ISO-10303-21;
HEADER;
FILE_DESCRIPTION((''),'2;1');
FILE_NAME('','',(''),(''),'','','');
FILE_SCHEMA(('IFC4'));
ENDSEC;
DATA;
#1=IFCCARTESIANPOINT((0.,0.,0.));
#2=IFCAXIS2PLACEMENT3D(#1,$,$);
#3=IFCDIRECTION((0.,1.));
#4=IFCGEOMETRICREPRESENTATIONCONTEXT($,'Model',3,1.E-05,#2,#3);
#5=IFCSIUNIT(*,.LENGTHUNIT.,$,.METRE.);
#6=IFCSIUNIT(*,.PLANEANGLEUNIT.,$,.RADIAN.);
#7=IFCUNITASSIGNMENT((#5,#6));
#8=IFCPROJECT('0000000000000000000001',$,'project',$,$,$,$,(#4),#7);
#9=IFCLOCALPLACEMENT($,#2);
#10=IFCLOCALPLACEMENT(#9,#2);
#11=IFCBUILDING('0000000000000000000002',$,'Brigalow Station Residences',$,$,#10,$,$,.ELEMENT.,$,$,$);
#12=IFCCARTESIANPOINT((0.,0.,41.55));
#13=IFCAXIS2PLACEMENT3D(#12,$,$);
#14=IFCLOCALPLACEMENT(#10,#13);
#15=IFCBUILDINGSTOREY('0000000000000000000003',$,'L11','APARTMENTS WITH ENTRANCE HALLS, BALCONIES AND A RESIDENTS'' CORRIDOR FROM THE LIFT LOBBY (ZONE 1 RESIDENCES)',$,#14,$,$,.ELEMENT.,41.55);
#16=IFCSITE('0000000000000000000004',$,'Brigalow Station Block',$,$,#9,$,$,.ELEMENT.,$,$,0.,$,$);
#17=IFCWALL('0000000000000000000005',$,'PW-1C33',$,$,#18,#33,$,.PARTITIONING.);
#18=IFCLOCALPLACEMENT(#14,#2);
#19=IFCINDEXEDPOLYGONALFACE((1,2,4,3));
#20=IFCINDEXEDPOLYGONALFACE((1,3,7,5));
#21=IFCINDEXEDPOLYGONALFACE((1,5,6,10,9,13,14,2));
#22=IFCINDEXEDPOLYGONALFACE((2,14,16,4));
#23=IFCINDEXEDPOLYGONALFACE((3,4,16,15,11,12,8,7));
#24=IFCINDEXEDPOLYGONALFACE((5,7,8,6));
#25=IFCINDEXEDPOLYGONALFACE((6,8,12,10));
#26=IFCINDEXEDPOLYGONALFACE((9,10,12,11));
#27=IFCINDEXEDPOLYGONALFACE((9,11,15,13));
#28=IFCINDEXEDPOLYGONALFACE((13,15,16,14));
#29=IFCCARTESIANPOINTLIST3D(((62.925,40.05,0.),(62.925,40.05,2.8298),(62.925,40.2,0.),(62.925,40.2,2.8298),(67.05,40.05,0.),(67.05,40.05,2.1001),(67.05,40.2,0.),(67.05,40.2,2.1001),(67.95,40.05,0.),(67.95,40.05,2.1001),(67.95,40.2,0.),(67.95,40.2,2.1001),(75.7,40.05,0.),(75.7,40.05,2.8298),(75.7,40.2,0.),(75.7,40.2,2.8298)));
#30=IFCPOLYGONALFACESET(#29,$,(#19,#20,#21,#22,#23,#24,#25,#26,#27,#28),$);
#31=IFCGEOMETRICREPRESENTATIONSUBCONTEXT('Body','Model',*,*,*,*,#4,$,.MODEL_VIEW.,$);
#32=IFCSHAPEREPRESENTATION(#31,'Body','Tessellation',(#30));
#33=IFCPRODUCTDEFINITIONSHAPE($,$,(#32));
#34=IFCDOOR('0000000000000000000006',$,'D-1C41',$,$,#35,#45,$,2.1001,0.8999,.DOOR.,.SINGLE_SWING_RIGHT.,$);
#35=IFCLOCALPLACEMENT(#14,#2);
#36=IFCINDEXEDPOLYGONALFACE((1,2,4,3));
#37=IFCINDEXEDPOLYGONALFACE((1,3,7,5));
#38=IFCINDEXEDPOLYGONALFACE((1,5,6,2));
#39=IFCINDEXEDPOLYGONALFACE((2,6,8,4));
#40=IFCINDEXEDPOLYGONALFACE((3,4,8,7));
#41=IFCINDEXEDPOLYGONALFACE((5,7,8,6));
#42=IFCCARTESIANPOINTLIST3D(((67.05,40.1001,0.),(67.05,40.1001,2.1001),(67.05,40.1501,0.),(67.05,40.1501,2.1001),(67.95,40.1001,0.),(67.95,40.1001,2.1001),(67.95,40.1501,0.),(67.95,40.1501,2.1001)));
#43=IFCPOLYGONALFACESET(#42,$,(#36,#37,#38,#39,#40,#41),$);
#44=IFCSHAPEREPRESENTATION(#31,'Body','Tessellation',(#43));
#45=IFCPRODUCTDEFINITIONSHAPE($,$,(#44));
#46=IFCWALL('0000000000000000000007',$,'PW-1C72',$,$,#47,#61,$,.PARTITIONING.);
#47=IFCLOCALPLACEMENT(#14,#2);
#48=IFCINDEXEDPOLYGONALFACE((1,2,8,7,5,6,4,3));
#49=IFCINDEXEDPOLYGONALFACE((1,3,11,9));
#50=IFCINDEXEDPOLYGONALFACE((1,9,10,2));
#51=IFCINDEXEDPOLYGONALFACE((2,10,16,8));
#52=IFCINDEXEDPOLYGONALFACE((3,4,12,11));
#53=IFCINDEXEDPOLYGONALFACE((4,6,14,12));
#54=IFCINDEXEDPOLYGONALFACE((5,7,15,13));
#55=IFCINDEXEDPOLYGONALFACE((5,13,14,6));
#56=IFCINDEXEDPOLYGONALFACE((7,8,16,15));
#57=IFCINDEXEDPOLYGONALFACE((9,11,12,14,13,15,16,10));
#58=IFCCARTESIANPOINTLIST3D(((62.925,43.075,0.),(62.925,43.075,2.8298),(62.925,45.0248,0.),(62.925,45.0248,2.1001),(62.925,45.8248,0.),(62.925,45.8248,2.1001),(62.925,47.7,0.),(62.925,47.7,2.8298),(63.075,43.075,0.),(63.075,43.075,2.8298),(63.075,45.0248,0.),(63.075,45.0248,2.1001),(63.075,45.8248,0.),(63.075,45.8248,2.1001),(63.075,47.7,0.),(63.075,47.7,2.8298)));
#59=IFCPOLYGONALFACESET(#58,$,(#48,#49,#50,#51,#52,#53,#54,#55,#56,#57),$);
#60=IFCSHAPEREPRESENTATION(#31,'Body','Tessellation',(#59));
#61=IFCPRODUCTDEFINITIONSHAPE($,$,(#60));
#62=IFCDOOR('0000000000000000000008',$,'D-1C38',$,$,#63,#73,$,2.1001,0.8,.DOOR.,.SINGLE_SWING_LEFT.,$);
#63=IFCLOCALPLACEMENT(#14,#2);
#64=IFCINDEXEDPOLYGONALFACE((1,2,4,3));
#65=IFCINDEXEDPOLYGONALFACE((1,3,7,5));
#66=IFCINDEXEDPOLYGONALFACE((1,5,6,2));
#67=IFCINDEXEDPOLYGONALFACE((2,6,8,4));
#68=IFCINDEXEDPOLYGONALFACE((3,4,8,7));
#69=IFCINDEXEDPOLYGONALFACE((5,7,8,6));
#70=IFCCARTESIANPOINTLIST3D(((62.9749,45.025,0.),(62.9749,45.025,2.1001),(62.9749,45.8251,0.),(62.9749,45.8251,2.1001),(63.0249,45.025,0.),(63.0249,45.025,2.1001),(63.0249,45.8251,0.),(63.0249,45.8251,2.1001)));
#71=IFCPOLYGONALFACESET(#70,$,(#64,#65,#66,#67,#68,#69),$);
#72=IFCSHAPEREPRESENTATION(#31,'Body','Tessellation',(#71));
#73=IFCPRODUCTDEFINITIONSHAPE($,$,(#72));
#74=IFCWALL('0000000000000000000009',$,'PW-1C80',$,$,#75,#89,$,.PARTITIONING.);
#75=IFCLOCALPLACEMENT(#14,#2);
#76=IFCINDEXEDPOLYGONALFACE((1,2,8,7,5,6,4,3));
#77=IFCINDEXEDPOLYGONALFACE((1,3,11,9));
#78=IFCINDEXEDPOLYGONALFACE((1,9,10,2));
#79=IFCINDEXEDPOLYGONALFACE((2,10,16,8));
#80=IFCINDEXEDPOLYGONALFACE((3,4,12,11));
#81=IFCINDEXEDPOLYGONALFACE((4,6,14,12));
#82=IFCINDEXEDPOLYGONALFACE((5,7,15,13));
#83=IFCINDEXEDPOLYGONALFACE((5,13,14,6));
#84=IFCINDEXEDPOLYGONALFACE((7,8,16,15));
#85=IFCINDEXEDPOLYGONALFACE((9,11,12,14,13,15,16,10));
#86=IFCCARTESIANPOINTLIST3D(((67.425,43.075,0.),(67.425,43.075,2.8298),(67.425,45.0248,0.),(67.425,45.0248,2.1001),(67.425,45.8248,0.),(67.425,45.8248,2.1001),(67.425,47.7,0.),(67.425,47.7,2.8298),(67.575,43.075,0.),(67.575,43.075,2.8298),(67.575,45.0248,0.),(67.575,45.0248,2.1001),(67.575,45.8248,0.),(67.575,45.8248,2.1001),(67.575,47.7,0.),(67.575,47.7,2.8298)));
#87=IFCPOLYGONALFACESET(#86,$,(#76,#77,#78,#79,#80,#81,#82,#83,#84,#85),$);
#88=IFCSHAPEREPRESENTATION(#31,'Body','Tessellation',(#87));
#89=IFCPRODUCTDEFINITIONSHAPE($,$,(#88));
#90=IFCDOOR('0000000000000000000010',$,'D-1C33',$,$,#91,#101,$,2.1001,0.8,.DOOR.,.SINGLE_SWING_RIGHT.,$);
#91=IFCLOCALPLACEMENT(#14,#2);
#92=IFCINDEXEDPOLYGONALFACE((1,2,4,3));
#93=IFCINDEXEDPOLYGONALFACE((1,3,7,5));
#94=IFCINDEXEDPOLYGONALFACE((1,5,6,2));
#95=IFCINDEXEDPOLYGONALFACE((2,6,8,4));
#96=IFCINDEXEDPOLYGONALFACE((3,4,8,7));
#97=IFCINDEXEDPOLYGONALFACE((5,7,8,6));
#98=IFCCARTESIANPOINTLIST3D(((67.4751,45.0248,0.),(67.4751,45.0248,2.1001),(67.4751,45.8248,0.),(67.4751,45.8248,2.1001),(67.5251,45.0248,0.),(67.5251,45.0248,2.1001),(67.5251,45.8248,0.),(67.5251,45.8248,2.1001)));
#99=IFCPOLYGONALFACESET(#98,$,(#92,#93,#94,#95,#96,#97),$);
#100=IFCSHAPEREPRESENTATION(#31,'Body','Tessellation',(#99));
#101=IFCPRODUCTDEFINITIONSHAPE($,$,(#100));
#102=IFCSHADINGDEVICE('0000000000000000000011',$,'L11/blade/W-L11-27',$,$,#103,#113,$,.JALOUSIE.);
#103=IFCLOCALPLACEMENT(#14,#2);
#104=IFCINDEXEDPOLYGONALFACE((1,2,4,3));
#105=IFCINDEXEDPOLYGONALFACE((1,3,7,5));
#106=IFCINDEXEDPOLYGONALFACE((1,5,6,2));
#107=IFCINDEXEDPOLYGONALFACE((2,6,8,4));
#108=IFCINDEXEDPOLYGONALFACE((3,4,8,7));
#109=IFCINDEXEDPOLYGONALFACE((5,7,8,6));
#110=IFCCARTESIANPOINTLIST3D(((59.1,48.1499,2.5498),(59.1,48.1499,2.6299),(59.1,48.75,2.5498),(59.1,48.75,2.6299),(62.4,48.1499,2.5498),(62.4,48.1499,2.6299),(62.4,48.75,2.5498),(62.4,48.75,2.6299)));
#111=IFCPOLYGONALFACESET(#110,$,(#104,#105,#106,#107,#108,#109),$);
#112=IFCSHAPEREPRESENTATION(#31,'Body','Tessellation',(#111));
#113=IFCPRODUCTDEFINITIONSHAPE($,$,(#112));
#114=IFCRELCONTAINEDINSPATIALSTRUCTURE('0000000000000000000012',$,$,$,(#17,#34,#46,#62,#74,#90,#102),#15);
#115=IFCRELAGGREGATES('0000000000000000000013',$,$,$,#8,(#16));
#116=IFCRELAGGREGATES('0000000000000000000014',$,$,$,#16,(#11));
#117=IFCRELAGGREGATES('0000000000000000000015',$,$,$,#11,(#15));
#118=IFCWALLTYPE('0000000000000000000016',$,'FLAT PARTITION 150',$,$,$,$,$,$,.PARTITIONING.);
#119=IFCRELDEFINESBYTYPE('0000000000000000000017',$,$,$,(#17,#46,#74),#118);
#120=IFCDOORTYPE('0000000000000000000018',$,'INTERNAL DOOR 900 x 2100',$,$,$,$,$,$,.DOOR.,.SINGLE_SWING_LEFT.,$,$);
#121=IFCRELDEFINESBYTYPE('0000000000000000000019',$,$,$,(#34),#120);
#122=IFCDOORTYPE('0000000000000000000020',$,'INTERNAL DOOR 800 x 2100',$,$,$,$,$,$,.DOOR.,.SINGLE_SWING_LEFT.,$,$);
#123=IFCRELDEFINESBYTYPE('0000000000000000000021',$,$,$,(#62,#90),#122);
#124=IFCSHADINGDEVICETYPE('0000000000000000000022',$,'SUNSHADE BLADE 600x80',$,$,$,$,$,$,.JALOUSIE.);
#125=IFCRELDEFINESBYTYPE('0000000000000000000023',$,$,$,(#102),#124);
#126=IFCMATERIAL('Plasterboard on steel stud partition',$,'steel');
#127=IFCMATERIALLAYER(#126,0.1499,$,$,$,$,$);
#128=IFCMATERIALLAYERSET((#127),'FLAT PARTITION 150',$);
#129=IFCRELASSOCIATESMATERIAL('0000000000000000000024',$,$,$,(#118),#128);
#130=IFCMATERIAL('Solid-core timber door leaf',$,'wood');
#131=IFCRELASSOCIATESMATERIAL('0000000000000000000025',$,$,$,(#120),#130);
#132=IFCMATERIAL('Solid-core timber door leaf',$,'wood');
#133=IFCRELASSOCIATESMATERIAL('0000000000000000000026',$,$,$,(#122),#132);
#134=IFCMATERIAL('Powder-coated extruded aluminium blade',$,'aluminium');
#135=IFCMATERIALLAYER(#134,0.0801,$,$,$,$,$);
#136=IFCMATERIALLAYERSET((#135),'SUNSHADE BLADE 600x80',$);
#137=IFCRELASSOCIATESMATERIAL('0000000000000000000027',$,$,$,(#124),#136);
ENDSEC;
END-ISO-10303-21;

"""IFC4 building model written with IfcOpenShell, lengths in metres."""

from ifc_helpers import new_model, si_unit, direction, frame, frame_2d, origin, origin_2d, place, context, subcontext, project, spatial, rectangle, extrude, material, layer, layer_set, type_object, element, fill, save


model = new_model("IFC4")

# Units and contexts
model_context = context("Model", 3, precision=1e-05, world=origin(), true_north=direction((0.0, 1.0)))
body_context = subcontext(model_context, "Body", "Model", "MODEL_VIEW")
ifc_project = project(units=[si_unit("LENGTHUNIT", "METRE"), si_unit("PLANEANGLEUNIT", "RADIAN")], contexts=[model_context])

# Site, building, storey
site_placement = place(None, origin())
site = spatial("IfcSite", under=ifc_project, at=site_placement, Name="Brigalow Station Block", CompositionType="ELEMENT", RefElevation=0.0)
building_placement = place(site_placement, origin())
building = spatial("IfcBuilding", under=site, at=building_placement, Name="Brigalow Station Residences", CompositionType="ELEMENT")
storey_placement = place(building_placement, frame((0.0, 0.0, 41.55)))
storey = spatial("IfcBuildingStorey", under=building, at=storey_placement, Name="L11", Description="APARTMENTS WITH ENTRANCE HALLS, BALCONIES AND A RESIDENTS' CORRIDOR FROM THE LIFT LOBBY (ZONE 1 RESIDENCES)", CompositionType="ELEMENT", Elevation=41.55)

# Walls, openings, doors
ifc_material_1 = material(Name="Plasterboard on steel stud partition", Category="steel")
ifc_layer_1 = layer(ifc_material_1, 0.1499)
ifc_layer_set_1 = layer_set([ifc_layer_1], Name="FLAT PARTITION 150")
wall_type_1 = type_object("IfcWallType", Name="FLAT PARTITION 150", PredefinedType="PARTITIONING", material=ifc_layer_set_1)
wall_1_placement = place(storey_placement, frame((62.925, 40.125, 0.0), z_axis=(0.0, 0.0, 1.0), x_axis=(1.0, 0.0, 0.0)))
wall_1 = element("IfcWall", 1, at=wall_1_placement, inside=storey, type_object=wall_type_1, Name="PW-1C33", PredefinedType="PARTITIONING", context=body_context, shape_type="SweptSolid", body=[
    extrude(rectangle(XDim=12.7749, YDim=0.1499, at=frame_2d((6.3875, 0.0))), origin(), (0.0, 0.0, 1.0), 2.8298),
])
opening_1_placement = place(wall_1_placement, frame((4.125, 0.0, 0.0)))
opening_1 = element("IfcOpeningElement", 2, at=opening_1_placement, cuts=wall_1, PredefinedType="OPENING", context=body_context, shape_type="SweptSolid", body=[
    extrude(rectangle(XDim=0.8999, YDim=2.1001, at=frame_2d((0.45, 1.05))), frame((0.0, 0.085, 0.0), z_axis=(0.0, -1.0, 0.0), x_axis=(1.0, 0.0, 0.0)), (0.0, 0.0, 1.0), 0.1699),
])
ifc_material_2 = material(Name="Solid-core timber door leaf", Category="wood")
door_type_1 = type_object("IfcDoorType", Name="INTERNAL DOOR 900 x 2100", OperationType="SINGLE_SWING_LEFT", PredefinedType="DOOR", material=ifc_material_2)
door_1_placement = place(opening_1_placement, frame((0.8999, 0.0, 0.0), z_axis=(0.0, 0.0, 1.0), x_axis=(-1.0, 0.0, 0.0)))
door_1 = element("IfcDoor", 3, at=door_1_placement, inside=storey, type_object=door_type_1, Name="D-1C41", OperationType="SINGLE_SWING_RIGHT", OverallHeight=2.1001, OverallWidth=0.8999, PredefinedType="DOOR", context=body_context, shape_type="SweptSolid", body=[
    extrude(rectangle(XDim=0.8999, YDim=2.1001, at=frame_2d((0.45, 1.05))), frame((0.0, 0.0249, 0.0), z_axis=(0.0, -1.0, 0.0), x_axis=(1.0, 0.0, 0.0)), (0.0, 0.0, 1.0), 0.05),
])
fill(opening_1, door_1)
wall_2_placement = place(storey_placement, frame((63.0, 43.075, 0.0), z_axis=(0.0, 0.0, 1.0), x_axis=(0.0, 1.0, 0.0)))
wall_2 = element("IfcWall", 4, at=wall_2_placement, inside=storey, type_object=wall_type_1, Name="PW-1C72", PredefinedType="PARTITIONING", context=body_context, shape_type="SweptSolid", body=[
    extrude(rectangle(XDim=4.625, YDim=0.1499, at=frame_2d((2.3125, 0.0))), origin(), (0.0, 0.0, 1.0), 2.8298),
])
opening_2_placement = place(wall_2_placement, frame((1.95, 0.0, 0.0)))
opening_2 = element("IfcOpeningElement", 5, at=opening_2_placement, cuts=wall_2, PredefinedType="OPENING", context=body_context, shape_type="SweptSolid", body=[
    extrude(rectangle(XDim=0.8, YDim=2.1001, at=frame_2d((0.3999, 1.05))), frame((0.0, 0.085, 0.0), z_axis=(0.0, -1.0, 0.0), x_axis=(1.0, 0.0, 0.0)), (0.0, 0.0, 1.0), 0.1699),
])
ifc_material_3 = material(Name="Solid-core timber door leaf", Category="wood")
door_type_2 = type_object("IfcDoorType", Name="INTERNAL DOOR 800 x 2100", OperationType="SINGLE_SWING_LEFT", PredefinedType="DOOR", material=ifc_material_3)
door_2_placement = place(opening_2_placement, frame((0.8, 0.0, 0.0), z_axis=(0.0, 0.0, 1.0), x_axis=(-1.0, 0.0, 0.0)))
door_2 = element("IfcDoor", 6, at=door_2_placement, inside=storey, type_object=door_type_2, Name="D-1C38", OperationType="SINGLE_SWING_LEFT", OverallHeight=2.1001, OverallWidth=0.8, PredefinedType="DOOR", context=body_context, shape_type="SweptSolid", body=[
    extrude(rectangle(XDim=0.8, YDim=2.1001, at=frame_2d((0.3999, 1.05))), frame((0.0, 0.0249, 0.0), z_axis=(0.0, -1.0, 0.0), x_axis=(1.0, 0.0, 0.0)), (0.0, 0.0, 1.0), 0.05),
])
fill(opening_2, door_2)
wall_3_placement = place(storey_placement, frame((67.5, 43.075, 0.0), z_axis=(0.0, 0.0, 1.0), x_axis=(0.0, 1.0, 0.0)))
wall_3 = element("IfcWall", 7, at=wall_3_placement, inside=storey, type_object=wall_type_1, Name="PW-1C80", PredefinedType="PARTITIONING", context=body_context, shape_type="SweptSolid", body=[
    extrude(rectangle(XDim=4.625, YDim=0.1499, at=frame_2d((2.3125, 0.0))), origin(), (0.0, 0.0, 1.0), 2.8298),
])
opening_3_placement = place(wall_3_placement, frame((1.95, 0.0, 0.0)))
opening_3 = element("IfcOpeningElement", 8, at=opening_3_placement, cuts=wall_3, PredefinedType="OPENING", context=body_context, shape_type="SweptSolid", body=[
    extrude(rectangle(XDim=0.8, YDim=2.1001, at=frame_2d((0.3999, 1.05))), frame((0.0, 0.085, 0.0), z_axis=(0.0, -1.0, 0.0), x_axis=(1.0, 0.0, 0.0)), (0.0, 0.0, 1.0), 0.1699),
])
door_3_placement = place(opening_3_placement, origin())
door_3 = element("IfcDoor", 9, at=door_3_placement, inside=storey, type_object=door_type_2, Name="D-1C33", OperationType="SINGLE_SWING_RIGHT", OverallHeight=2.1001, OverallWidth=0.8, PredefinedType="DOOR", context=body_context, shape_type="SweptSolid", body=[
    extrude(rectangle(XDim=0.8, YDim=2.1001, at=frame_2d((0.3999, 1.05))), frame((0.0, 0.0249, 0.0), z_axis=(0.0, -1.0, 0.0), x_axis=(1.0, 0.0, 0.0)), (0.0, 0.0, 1.0), 0.05),
])
fill(opening_3, door_3)

# Shading device
ifc_material_4 = material(Name="Powder-coated extruded aluminium blade", Category="aluminium")
ifc_layer_2 = layer(ifc_material_4, 0.0801)
ifc_layer_set_2 = layer_set([ifc_layer_2], Name="SUNSHADE BLADE 600x80")
shading_device_type = type_object("IfcShadingDeviceType", Name="SUNSHADE BLADE 600x80", PredefinedType="JALOUSIE", material=ifc_layer_set_2)
shading_device_placement = place(storey_placement, frame((60.75, 48.45, 2.5498), z_axis=(0.0, 0.0, 1.0), x_axis=(-1.0, 0.0, 0.0)))
element("IfcShadingDevice", 10, at=shading_device_placement, inside=storey, type_object=shading_device_type, Name="L11/blade/W-L11-27", PredefinedType="JALOUSIE", context=body_context, shape_type="SweptSolid", body=[
    extrude(rectangle(XDim=3.3, YDim=0.6001, at=origin_2d()), origin(), (0.0, 0.0, 1.0), 0.0801),
])

save(model, "model.ifc")
